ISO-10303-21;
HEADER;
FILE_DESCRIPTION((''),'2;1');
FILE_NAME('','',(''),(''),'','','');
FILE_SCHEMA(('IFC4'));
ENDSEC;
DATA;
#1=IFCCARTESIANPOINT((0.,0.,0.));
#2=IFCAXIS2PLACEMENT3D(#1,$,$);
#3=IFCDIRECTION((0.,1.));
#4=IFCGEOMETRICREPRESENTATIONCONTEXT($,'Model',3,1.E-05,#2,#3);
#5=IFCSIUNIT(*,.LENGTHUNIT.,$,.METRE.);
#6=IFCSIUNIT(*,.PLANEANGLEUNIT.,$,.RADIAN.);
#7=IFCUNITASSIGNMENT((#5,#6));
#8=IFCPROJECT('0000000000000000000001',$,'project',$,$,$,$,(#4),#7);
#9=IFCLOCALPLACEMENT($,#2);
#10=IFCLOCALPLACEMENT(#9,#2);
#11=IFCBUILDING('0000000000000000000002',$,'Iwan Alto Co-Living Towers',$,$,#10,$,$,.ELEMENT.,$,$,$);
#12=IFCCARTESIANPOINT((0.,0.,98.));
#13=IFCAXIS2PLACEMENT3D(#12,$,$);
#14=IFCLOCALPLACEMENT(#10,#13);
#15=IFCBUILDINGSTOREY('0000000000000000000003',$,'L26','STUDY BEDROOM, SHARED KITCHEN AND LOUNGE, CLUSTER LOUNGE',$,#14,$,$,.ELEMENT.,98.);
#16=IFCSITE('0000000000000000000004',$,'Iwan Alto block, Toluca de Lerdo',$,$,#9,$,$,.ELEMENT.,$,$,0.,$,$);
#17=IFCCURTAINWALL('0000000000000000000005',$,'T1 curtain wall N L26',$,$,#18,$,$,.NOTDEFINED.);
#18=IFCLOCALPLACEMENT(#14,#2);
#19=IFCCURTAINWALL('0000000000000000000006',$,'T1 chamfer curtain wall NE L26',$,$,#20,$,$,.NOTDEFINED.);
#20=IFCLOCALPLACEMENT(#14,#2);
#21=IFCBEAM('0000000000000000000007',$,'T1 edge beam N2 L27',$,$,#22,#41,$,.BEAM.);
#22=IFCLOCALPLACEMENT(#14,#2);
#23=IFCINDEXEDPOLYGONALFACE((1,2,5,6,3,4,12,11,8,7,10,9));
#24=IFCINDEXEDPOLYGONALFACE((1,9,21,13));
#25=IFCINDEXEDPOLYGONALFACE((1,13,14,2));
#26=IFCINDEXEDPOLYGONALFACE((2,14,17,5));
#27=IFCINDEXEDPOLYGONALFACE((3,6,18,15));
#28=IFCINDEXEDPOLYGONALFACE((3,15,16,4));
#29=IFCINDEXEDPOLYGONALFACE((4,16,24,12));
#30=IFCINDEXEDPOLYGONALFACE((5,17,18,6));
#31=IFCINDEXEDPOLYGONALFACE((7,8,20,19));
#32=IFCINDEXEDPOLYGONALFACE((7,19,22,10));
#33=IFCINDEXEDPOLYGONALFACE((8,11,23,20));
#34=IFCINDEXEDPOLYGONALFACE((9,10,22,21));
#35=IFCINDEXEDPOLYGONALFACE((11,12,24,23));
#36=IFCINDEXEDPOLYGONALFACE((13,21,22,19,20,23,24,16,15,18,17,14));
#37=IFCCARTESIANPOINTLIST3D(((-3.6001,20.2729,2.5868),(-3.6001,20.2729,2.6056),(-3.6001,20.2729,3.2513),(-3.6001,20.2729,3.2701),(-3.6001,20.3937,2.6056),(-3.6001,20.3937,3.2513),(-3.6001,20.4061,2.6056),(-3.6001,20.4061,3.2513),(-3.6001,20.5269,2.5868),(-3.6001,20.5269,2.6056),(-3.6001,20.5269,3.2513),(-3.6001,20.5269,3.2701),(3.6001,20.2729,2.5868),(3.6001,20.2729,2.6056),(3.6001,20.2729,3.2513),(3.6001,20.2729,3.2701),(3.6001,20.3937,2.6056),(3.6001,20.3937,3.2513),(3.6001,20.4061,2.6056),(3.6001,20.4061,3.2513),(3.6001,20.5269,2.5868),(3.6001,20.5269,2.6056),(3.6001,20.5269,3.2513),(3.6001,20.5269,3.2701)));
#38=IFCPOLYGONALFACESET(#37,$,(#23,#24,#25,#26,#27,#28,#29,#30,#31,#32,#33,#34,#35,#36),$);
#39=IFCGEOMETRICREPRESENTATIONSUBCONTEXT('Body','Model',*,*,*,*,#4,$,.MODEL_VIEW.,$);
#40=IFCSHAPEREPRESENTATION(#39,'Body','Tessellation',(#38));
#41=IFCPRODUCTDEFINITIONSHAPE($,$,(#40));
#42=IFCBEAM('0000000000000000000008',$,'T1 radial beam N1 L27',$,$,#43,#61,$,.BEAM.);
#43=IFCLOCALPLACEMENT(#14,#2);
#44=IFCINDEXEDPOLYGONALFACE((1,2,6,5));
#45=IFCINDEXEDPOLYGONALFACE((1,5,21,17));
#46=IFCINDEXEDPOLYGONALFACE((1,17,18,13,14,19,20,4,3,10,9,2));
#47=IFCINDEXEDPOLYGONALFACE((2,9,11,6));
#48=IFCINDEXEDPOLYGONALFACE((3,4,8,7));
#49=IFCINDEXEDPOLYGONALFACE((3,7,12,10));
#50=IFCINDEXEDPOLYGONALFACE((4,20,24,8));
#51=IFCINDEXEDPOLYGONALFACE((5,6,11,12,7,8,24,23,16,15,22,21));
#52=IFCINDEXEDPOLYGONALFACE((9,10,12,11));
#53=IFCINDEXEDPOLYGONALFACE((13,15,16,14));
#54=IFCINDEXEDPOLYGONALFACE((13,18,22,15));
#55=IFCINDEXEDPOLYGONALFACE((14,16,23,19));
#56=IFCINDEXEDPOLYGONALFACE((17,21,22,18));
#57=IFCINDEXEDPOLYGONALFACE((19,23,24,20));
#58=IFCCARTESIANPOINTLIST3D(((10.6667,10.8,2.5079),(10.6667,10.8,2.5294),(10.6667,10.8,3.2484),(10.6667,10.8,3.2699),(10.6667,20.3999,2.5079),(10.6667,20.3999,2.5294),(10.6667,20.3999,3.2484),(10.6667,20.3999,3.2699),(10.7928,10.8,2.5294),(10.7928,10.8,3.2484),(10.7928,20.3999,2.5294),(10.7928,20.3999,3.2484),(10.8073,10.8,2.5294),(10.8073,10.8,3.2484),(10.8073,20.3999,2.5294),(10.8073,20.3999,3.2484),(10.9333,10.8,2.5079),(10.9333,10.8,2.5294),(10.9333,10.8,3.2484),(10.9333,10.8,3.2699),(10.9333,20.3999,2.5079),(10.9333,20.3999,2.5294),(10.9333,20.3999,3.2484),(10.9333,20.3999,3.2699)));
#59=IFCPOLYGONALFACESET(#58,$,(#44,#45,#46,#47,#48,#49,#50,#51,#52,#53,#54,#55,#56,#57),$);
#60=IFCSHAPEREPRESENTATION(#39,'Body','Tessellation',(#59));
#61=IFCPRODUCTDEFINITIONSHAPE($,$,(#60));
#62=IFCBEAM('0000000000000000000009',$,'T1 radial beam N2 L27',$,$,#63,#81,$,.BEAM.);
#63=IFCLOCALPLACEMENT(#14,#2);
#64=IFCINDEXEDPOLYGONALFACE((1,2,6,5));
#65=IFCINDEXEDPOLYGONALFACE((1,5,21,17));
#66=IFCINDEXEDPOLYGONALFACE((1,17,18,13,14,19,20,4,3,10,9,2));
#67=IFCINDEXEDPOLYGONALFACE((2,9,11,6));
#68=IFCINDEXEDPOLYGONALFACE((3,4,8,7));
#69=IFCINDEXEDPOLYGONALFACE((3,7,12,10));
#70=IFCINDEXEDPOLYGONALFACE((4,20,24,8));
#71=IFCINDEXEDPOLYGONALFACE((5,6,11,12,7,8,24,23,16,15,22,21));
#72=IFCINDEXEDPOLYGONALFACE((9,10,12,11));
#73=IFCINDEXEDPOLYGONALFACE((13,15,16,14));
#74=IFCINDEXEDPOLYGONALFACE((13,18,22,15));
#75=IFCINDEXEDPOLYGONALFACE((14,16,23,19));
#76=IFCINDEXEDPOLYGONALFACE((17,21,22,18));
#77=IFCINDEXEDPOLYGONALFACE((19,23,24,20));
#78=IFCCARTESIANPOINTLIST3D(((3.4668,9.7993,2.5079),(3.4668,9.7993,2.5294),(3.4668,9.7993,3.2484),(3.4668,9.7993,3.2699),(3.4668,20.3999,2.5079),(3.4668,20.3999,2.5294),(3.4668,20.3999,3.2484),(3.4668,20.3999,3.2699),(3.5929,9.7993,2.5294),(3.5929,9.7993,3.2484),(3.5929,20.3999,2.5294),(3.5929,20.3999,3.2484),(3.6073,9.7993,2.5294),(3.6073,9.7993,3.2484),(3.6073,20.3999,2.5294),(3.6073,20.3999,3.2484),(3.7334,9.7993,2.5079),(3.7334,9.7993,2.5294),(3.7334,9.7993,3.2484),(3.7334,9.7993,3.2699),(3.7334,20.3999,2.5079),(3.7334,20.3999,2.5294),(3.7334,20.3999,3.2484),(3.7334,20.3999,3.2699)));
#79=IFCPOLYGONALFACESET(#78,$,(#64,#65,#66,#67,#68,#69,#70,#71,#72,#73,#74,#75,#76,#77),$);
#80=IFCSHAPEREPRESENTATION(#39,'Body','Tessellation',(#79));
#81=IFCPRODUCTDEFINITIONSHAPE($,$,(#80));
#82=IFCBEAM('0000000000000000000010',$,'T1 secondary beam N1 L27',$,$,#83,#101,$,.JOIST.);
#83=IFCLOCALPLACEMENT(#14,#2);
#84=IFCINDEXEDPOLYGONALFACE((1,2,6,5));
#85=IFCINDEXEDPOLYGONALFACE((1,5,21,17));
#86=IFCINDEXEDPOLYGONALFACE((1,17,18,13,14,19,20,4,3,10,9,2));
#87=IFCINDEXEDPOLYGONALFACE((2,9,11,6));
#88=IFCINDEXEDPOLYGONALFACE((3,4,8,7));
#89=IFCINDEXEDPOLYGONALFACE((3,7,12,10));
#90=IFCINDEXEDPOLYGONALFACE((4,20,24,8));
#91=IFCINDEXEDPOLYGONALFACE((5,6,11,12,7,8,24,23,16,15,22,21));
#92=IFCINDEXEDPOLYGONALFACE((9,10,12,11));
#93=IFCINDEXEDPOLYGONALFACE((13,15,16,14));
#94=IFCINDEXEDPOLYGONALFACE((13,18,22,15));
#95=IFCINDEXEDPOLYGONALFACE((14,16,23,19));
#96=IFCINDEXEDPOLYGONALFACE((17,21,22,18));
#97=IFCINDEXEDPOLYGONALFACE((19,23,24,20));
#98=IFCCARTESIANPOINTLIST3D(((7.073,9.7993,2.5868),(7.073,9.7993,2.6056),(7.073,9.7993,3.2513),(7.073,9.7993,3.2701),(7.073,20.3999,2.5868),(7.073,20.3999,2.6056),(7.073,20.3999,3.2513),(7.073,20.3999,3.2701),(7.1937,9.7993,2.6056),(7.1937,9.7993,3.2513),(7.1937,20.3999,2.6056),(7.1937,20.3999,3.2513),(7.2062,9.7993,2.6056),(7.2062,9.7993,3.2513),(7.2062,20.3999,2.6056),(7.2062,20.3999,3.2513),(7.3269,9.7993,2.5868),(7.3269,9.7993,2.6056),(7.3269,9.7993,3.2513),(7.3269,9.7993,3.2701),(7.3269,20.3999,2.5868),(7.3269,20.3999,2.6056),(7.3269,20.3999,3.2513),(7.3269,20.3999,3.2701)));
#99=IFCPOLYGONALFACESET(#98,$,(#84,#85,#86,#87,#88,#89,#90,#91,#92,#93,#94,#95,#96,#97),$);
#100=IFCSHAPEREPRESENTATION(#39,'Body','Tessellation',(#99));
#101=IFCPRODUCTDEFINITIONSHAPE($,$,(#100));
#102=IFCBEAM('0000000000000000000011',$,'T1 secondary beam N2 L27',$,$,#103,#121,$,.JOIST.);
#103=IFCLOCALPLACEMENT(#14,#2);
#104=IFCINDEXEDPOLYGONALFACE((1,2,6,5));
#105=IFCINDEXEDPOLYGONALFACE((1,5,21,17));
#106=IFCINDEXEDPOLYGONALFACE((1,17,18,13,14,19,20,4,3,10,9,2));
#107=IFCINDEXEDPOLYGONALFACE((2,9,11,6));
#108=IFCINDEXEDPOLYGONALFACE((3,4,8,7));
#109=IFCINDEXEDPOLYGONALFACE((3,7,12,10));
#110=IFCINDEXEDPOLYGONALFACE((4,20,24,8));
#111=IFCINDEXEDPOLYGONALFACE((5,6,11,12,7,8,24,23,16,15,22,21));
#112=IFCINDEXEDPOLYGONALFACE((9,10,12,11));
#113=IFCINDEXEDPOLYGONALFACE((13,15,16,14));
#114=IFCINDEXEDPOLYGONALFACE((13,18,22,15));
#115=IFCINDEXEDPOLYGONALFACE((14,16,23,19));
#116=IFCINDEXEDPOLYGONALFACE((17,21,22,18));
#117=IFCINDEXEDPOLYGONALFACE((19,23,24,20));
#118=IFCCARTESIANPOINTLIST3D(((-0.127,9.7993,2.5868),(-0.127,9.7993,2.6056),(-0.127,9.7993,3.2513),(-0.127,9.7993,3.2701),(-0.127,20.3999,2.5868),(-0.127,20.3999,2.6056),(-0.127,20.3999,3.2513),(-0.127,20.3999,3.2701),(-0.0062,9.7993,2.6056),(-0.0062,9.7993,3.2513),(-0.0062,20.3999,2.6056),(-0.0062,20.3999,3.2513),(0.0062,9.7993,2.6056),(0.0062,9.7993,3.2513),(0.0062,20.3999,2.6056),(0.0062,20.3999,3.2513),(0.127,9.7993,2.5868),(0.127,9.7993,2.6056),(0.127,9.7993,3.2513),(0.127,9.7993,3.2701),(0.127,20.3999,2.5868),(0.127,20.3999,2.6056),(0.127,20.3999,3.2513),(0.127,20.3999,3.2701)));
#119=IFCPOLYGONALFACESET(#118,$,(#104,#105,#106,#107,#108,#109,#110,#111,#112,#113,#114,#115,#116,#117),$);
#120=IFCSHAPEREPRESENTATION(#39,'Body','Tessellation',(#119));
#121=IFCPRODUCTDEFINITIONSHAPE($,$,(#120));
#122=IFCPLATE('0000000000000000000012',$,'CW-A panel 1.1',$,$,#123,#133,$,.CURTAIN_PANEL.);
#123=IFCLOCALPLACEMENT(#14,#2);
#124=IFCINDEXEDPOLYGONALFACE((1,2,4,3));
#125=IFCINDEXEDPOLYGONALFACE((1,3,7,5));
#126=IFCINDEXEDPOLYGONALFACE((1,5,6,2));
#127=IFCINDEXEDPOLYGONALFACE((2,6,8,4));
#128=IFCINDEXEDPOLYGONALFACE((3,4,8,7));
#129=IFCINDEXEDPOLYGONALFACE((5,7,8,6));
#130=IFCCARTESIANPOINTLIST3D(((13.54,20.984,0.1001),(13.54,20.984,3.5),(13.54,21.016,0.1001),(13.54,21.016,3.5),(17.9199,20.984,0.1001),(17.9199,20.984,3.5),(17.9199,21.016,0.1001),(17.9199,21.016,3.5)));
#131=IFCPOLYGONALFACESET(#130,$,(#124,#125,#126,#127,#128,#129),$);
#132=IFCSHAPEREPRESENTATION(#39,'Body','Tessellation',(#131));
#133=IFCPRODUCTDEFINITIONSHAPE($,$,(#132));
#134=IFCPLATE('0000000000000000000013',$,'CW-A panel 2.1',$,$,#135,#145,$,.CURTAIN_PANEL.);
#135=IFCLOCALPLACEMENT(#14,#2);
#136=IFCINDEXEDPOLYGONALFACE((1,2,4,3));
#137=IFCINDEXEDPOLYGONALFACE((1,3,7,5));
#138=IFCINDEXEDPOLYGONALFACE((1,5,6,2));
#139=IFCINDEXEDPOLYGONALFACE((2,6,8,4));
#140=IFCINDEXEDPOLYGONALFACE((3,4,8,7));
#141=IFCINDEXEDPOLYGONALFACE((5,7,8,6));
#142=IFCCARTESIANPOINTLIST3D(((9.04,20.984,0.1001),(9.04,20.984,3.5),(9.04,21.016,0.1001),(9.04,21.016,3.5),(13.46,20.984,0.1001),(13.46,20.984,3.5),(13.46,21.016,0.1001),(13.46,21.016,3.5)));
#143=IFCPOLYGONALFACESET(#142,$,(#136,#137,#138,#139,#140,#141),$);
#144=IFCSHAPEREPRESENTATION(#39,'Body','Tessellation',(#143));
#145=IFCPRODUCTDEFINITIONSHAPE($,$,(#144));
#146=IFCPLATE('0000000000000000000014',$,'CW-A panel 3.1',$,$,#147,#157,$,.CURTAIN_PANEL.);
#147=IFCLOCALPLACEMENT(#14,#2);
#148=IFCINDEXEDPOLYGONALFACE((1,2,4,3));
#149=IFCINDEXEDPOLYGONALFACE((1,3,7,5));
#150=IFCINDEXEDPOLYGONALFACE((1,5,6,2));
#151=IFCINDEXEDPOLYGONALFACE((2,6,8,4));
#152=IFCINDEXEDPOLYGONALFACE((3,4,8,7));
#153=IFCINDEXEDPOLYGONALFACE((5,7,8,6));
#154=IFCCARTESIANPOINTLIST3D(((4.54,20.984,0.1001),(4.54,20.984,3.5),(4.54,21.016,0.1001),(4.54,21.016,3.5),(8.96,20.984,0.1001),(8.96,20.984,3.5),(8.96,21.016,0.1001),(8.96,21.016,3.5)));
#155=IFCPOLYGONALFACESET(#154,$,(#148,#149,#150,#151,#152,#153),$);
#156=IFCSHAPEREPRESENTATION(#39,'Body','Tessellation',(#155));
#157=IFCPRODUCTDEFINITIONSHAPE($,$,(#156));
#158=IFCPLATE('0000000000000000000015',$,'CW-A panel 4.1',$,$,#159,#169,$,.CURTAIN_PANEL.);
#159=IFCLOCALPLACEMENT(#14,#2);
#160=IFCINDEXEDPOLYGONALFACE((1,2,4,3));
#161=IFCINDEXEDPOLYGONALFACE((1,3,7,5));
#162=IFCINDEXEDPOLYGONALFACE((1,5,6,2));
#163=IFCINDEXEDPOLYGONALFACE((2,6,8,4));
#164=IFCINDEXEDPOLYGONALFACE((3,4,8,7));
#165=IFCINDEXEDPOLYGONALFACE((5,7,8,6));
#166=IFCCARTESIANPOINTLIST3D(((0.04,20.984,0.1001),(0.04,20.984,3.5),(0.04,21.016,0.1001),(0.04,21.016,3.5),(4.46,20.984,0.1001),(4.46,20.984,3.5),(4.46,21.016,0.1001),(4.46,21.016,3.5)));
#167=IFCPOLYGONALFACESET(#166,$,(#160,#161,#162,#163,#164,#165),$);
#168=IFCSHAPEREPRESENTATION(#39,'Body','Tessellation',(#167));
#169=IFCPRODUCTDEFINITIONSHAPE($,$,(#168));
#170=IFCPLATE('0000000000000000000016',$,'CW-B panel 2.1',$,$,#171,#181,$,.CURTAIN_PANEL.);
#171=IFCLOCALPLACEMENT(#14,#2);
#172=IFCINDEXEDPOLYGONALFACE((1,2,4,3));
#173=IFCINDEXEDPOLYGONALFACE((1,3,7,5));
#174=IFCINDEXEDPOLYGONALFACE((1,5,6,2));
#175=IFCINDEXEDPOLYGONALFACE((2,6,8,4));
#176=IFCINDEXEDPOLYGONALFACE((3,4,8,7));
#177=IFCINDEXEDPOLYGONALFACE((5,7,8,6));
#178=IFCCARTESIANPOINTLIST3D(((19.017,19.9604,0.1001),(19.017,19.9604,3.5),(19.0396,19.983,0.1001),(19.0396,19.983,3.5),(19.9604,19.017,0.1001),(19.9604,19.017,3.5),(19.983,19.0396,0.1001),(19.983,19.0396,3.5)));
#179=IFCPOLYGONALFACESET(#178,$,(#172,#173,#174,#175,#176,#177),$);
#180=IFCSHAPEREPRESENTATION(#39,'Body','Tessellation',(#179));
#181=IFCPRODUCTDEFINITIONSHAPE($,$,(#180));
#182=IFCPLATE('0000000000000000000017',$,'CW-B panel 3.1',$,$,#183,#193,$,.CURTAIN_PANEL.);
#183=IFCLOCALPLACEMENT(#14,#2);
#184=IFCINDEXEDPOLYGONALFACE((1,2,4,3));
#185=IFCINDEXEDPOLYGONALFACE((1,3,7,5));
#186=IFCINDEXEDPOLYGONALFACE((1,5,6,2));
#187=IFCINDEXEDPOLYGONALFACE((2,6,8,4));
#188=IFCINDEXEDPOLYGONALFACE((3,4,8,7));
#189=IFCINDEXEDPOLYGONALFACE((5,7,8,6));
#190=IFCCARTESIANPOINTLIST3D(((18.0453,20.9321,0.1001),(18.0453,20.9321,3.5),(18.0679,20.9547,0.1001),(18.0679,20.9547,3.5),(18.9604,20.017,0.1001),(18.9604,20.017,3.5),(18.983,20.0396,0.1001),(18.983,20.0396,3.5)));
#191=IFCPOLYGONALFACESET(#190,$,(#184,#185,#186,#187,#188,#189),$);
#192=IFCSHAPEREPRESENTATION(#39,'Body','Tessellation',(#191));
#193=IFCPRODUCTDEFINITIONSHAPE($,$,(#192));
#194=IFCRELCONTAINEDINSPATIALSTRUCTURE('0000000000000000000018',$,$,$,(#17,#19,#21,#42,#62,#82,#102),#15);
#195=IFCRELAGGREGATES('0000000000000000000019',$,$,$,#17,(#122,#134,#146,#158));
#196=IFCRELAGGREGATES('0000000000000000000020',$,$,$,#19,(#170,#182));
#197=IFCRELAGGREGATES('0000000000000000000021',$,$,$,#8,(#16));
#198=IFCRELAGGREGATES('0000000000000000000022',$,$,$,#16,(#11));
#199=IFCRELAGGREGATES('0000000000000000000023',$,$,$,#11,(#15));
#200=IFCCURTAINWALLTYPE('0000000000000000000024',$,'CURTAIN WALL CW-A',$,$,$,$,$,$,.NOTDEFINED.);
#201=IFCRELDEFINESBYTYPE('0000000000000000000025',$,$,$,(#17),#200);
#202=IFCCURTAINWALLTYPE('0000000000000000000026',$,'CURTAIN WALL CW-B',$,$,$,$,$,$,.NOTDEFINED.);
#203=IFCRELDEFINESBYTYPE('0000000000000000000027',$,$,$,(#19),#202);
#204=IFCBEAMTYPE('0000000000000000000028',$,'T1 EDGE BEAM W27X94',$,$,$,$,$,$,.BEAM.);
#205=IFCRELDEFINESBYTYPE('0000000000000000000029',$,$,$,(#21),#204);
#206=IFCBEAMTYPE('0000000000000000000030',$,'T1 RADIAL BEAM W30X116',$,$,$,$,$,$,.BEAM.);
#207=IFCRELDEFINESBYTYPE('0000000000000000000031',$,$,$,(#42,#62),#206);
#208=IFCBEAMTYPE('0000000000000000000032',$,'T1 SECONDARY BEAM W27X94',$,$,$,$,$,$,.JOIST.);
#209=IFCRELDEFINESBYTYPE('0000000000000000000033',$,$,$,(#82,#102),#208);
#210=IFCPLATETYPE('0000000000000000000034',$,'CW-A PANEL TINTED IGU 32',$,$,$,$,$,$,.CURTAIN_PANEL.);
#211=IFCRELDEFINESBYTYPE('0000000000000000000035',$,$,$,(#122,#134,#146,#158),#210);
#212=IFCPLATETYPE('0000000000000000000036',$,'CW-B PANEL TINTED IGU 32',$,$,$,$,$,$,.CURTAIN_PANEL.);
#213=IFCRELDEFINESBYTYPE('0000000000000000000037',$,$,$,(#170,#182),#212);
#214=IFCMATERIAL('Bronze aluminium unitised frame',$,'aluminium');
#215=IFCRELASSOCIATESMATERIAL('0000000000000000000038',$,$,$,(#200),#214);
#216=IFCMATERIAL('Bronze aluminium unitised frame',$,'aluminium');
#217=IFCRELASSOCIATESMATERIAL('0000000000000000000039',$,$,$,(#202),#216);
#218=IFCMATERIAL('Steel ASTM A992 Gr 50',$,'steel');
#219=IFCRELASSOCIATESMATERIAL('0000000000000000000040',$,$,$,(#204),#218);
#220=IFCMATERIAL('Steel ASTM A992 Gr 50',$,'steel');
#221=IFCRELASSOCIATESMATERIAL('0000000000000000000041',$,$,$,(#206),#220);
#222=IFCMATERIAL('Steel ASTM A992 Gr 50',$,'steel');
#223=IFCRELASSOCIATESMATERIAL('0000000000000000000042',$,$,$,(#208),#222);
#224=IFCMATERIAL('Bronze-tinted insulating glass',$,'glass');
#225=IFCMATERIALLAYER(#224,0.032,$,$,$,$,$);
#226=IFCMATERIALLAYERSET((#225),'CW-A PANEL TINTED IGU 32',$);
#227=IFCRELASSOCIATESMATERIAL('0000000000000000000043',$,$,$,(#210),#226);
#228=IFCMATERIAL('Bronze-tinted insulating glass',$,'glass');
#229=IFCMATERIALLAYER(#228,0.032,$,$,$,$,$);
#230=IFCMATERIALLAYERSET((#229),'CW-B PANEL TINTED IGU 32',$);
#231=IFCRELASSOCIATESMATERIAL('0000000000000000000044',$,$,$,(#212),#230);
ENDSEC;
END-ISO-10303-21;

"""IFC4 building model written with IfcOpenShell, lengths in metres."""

from ifc_helpers import new_model, si_unit, direction, frame, origin, origin_2d, place, context, subcontext, project, spatial, rectangle, i_section, extrude, material, layer, layer_set, material_profile, profile_set, type_object, element, aggregate, save


model = new_model("IFC4")

# Units and contexts
model_context = context("Model", 3, precision=1e-05, world=origin(), true_north=direction((0.0, 1.0)))
body_context = subcontext(model_context, "Body", "Model", "MODEL_VIEW")
ifc_project = project(units=[si_unit("LENGTHUNIT", "METRE"), si_unit("PLANEANGLEUNIT", "RADIAN")], contexts=[model_context])

# Site, building, storey
site_placement = place(None, origin())
site = spatial("IfcSite", under=ifc_project, at=site_placement, Name="Iwan Alto block, Toluca de Lerdo", CompositionType="ELEMENT", RefElevation=0.0)
building_placement = place(site_placement, origin())
building = spatial("IfcBuilding", under=site, at=building_placement, Name="Iwan Alto Co-Living Towers", CompositionType="ELEMENT")
storey_placement = place(building_placement, frame((0.0, 0.0, 98.0)))
storey = spatial("IfcBuildingStorey", under=building, at=storey_placement, Name="L26", Description="STUDY BEDROOM, SHARED KITCHEN AND LOUNGE, CLUSTER LOUNGE", CompositionType="ELEMENT", Elevation=98.0)

# Curtain walls
ifc_material_1 = material(Name="Bronze aluminium unitised frame", Category="aluminium")
curtain_wall_type_1 = type_object("IfcCurtainWallType", Name="CURTAIN WALL CW-A", PredefinedType="NOTDEFINED", material=ifc_material_1)
curtain_wall_1_placement = place(storey_placement, origin())
curtain_wall_1 = element("IfcCurtainWall", 1, at=curtain_wall_1_placement, inside=storey, type_object=curtain_wall_type_1, Name="T1 curtain wall N L26", PredefinedType="NOTDEFINED")
ifc_material_2 = material(Name="Bronze aluminium unitised frame", Category="aluminium")
curtain_wall_type_2 = type_object("IfcCurtainWallType", Name="CURTAIN WALL CW-B", PredefinedType="NOTDEFINED", material=ifc_material_2)
curtain_wall_2_placement = place(storey_placement, origin())
curtain_wall_2 = element("IfcCurtainWall", 2, at=curtain_wall_2_placement, inside=storey, type_object=curtain_wall_type_2, Name="T1 chamfer curtain wall NE L26", PredefinedType="NOTDEFINED")

# Beams
ifc_material_3 = material(Name="Steel ASTM A992 Gr 50", Category="steel")
ifc_material_profile_1 = material_profile(ifc_material_3, i_section(OverallWidth=0.2539, OverallDepth=0.6833, WebThickness=0.0125, FlangeThickness=0.0188, at=origin_2d()), Name="W27X94")
ifc_profile_set_1 = profile_set([ifc_material_profile_1], Name="Steel ASTM A992 Gr 50")
beam_type_1 = type_object("IfcBeamType", Name="T1 EDGE BEAM W27X94", PredefinedType="BEAM", material=ifc_profile_set_1)
beam_1_placement = place(storey_placement, frame((3.6001, 20.3999, 2.9285), z_axis=(-1.0, 0.0, 0.0), x_axis=(0.0, -1.0, 0.0)))
element("IfcBeam", 3, at=beam_1_placement, inside=storey, type_object=beam_type_1, Name="T1 edge beam N2 L27", PredefinedType="BEAM", context=body_context, shape_type="SweptSolid", body=[
    extrude(i_section(OverallWidth=0.2539, OverallDepth=0.6833, WebThickness=0.0125, FlangeThickness=0.0188, at=origin_2d()), origin(), (0.0, 0.0, 1.0), 7.2002),
])
ifc_material_4 = material(Name="Steel ASTM A992 Gr 50", Category="steel")
ifc_material_profile_2 = material_profile(ifc_material_4, i_section(OverallWidth=0.2666, OverallDepth=0.762, WebThickness=0.0144, FlangeThickness=0.0215, at=origin_2d()), Name="W30X116")
ifc_profile_set_2 = profile_set([ifc_material_profile_2], Name="Steel ASTM A992 Gr 50")
beam_type_2 = type_object("IfcBeamType", Name="T1 RADIAL BEAM W30X116", PredefinedType="BEAM", material=ifc_profile_set_2)
beam_2_placement = place(storey_placement, frame((10.8, 20.3999, 2.8889), z_axis=(0.0, -1.0, 0.0), x_axis=(1.0, 0.0, 0.0)))
element("IfcBeam", 4, at=beam_2_placement, inside=storey, type_object=beam_type_2, Name="T1 radial beam N1 L27", PredefinedType="BEAM", context=body_context, shape_type="SweptSolid", body=[
    extrude(i_section(OverallWidth=0.2666, OverallDepth=0.762, WebThickness=0.0144, FlangeThickness=0.0215, at=origin_2d()), origin(), (0.0, 0.0, 1.0), 9.5999),
])
beam_3_placement = place(storey_placement, frame((3.6001, 20.3999, 2.8889), z_axis=(0.0, -1.0, 0.0), x_axis=(1.0, 0.0, 0.0)))
element("IfcBeam", 5, at=beam_3_placement, inside=storey, type_object=beam_type_2, Name="T1 radial beam N2 L27", PredefinedType="BEAM", context=body_context, shape_type="SweptSolid", body=[
    extrude(i_section(OverallWidth=0.2666, OverallDepth=0.762, WebThickness=0.0144, FlangeThickness=0.0215, at=origin_2d()), origin(), (0.0, 0.0, 1.0), 10.6006),
])
ifc_material_5 = material(Name="Steel ASTM A992 Gr 50", Category="steel")
ifc_material_profile_3 = material_profile(ifc_material_5, i_section(OverallWidth=0.2539, OverallDepth=0.6833, WebThickness=0.0125, FlangeThickness=0.0188, at=origin_2d()), Name="W27X94")
ifc_profile_set_3 = profile_set([ifc_material_profile_3], Name="Steel ASTM A992 Gr 50")
beam_type_3 = type_object("IfcBeamType", Name="T1 SECONDARY BEAM W27X94", PredefinedType="JOIST", material=ifc_profile_set_3)
for number, where, z_axis, x_axis, name in (
    (6, (7.2, 20.3999, 2.9285), (0.0, -1.0, 0.0), (1.0, 0.0, 0.0), "T1 secondary beam N1 L27"),
    (7, (0.0, 20.3999, 2.9285), (0.0, -1.0, 0.0), (1.0, 0.0, 0.0), "T1 secondary beam N2 L27"),
):
    element("IfcBeam", number, at=place(storey_placement, frame(where, z_axis=z_axis, x_axis=x_axis)), inside=storey, type_object=beam_type_3, Name=name, PredefinedType="JOIST", context=body_context, shape_type="SweptSolid", body=[
        extrude(i_section(OverallWidth=0.2539, OverallDepth=0.6833, WebThickness=0.0125, FlangeThickness=0.0188, at=origin_2d()), origin(), (0.0, 0.0, 1.0), 10.6006),
    ])

# Plates
ifc_material_6 = material(Name="Bronze-tinted insulating glass", Category="glass")
ifc_layer_1 = layer(ifc_material_6, 0.032)
ifc_layer_set_1 = layer_set([ifc_layer_1], Name="CW-A PANEL TINTED IGU 32")
plate_type_1 = type_object("IfcPlateType", Name="CW-A PANEL TINTED IGU 32", PredefinedType="CURTAIN_PANEL", material=ifc_layer_set_1)
plate_1_placement = place(storey_placement, frame((15.73, 21.0, 0.1001), z_axis=(0.0, 0.0, 1.0), x_axis=(-1.0, 0.0, 0.0)))
plate_1 = element("IfcPlate", 8, at=plate_1_placement, type_object=plate_type_1, Name="CW-A panel 1.1", PredefinedType="CURTAIN_PANEL", context=body_context, shape_type="SweptSolid", body=[
    extrude(rectangle(XDim=4.3799, YDim=0.032, at=origin_2d()), origin(), (0.0, 0.0, 1.0), 3.3999),
])
plate_2_placement = place(storey_placement, frame((11.25, 21.0, 0.1001), z_axis=(0.0, 0.0, 1.0), x_axis=(-1.0, 0.0, 0.0)))
plate_2 = element("IfcPlate", 9, at=plate_2_placement, type_object=plate_type_1, Name="CW-A panel 2.1", PredefinedType="CURTAIN_PANEL", context=body_context, shape_type="SweptSolid", body=[
    extrude(rectangle(XDim=4.4199, YDim=0.032, at=origin_2d()), origin(), (0.0, 0.0, 1.0), 3.3999),
])
plate_3_placement = place(storey_placement, frame((6.75, 21.0, 0.1001), z_axis=(0.0, 0.0, 1.0), x_axis=(-1.0, 0.0, 0.0)))
plate_3 = element("IfcPlate", 10, at=plate_3_placement, type_object=plate_type_1, Name="CW-A panel 3.1", PredefinedType="CURTAIN_PANEL", context=body_context, shape_type="SweptSolid", body=[
    extrude(rectangle(XDim=4.4199, YDim=0.032, at=origin_2d()), origin(), (0.0, 0.0, 1.0), 3.3999),
])
plate_4_placement = place(storey_placement, frame((2.25, 21.0, 0.1001), z_axis=(0.0, 0.0, 1.0), x_axis=(-1.0, 0.0, 0.0)))
plate_4 = element("IfcPlate", 11, at=plate_4_placement, type_object=plate_type_1, Name="CW-A panel 4.1", PredefinedType="CURTAIN_PANEL", context=body_context, shape_type="SweptSolid", body=[
    extrude(rectangle(XDim=4.4199, YDim=0.032, at=origin_2d()), origin(), (0.0, 0.0, 1.0), 3.3999),
])
aggregate(curtain_wall_1, [plate_1, plate_2, plate_3, plate_4])
ifc_material_7 = material(Name="Bronze-tinted insulating glass", Category="glass")
ifc_layer_2 = layer(ifc_material_7, 0.032)
ifc_layer_set_2 = layer_set([ifc_layer_2], Name="CW-B PANEL TINTED IGU 32")
plate_type_2 = type_object("IfcPlateType", Name="CW-B PANEL TINTED IGU 32", PredefinedType="CURTAIN_PANEL", material=ifc_layer_set_2)
plate_5_placement = place(storey_placement, frame((19.5, 19.5, 0.1001), z_axis=(0.0, 0.0, 1.0), x_axis=(-0.707107, 0.707107, 0.0)))
plate_5 = element("IfcPlate", 12, at=plate_5_placement, type_object=plate_type_2, Name="CW-B panel 2.1", PredefinedType="CURTAIN_PANEL", context=body_context, shape_type="SweptSolid", body=[
    extrude(rectangle(XDim=1.3342, YDim=0.032, at=origin_2d()), origin(), (0.0, 0.0, 1.0), 3.3999),
])
plate_6_placement = place(storey_placement, frame((18.5142, 20.4858, 0.1001), z_axis=(0.0, 0.0, 1.0), x_axis=(-0.707107, 0.707107, 0.0)))
plate_6 = element("IfcPlate", 13, at=plate_6_placement, type_object=plate_type_2, Name="CW-B panel 3.1", PredefinedType="CURTAIN_PANEL", context=body_context, shape_type="SweptSolid", body=[
    extrude(rectangle(XDim=1.2942, YDim=0.032, at=origin_2d()), origin(), (0.0, 0.0, 1.0), 3.3999),
])
aggregate(curtain_wall_2, [plate_5, plate_6])

save(model, "model.ifc")
